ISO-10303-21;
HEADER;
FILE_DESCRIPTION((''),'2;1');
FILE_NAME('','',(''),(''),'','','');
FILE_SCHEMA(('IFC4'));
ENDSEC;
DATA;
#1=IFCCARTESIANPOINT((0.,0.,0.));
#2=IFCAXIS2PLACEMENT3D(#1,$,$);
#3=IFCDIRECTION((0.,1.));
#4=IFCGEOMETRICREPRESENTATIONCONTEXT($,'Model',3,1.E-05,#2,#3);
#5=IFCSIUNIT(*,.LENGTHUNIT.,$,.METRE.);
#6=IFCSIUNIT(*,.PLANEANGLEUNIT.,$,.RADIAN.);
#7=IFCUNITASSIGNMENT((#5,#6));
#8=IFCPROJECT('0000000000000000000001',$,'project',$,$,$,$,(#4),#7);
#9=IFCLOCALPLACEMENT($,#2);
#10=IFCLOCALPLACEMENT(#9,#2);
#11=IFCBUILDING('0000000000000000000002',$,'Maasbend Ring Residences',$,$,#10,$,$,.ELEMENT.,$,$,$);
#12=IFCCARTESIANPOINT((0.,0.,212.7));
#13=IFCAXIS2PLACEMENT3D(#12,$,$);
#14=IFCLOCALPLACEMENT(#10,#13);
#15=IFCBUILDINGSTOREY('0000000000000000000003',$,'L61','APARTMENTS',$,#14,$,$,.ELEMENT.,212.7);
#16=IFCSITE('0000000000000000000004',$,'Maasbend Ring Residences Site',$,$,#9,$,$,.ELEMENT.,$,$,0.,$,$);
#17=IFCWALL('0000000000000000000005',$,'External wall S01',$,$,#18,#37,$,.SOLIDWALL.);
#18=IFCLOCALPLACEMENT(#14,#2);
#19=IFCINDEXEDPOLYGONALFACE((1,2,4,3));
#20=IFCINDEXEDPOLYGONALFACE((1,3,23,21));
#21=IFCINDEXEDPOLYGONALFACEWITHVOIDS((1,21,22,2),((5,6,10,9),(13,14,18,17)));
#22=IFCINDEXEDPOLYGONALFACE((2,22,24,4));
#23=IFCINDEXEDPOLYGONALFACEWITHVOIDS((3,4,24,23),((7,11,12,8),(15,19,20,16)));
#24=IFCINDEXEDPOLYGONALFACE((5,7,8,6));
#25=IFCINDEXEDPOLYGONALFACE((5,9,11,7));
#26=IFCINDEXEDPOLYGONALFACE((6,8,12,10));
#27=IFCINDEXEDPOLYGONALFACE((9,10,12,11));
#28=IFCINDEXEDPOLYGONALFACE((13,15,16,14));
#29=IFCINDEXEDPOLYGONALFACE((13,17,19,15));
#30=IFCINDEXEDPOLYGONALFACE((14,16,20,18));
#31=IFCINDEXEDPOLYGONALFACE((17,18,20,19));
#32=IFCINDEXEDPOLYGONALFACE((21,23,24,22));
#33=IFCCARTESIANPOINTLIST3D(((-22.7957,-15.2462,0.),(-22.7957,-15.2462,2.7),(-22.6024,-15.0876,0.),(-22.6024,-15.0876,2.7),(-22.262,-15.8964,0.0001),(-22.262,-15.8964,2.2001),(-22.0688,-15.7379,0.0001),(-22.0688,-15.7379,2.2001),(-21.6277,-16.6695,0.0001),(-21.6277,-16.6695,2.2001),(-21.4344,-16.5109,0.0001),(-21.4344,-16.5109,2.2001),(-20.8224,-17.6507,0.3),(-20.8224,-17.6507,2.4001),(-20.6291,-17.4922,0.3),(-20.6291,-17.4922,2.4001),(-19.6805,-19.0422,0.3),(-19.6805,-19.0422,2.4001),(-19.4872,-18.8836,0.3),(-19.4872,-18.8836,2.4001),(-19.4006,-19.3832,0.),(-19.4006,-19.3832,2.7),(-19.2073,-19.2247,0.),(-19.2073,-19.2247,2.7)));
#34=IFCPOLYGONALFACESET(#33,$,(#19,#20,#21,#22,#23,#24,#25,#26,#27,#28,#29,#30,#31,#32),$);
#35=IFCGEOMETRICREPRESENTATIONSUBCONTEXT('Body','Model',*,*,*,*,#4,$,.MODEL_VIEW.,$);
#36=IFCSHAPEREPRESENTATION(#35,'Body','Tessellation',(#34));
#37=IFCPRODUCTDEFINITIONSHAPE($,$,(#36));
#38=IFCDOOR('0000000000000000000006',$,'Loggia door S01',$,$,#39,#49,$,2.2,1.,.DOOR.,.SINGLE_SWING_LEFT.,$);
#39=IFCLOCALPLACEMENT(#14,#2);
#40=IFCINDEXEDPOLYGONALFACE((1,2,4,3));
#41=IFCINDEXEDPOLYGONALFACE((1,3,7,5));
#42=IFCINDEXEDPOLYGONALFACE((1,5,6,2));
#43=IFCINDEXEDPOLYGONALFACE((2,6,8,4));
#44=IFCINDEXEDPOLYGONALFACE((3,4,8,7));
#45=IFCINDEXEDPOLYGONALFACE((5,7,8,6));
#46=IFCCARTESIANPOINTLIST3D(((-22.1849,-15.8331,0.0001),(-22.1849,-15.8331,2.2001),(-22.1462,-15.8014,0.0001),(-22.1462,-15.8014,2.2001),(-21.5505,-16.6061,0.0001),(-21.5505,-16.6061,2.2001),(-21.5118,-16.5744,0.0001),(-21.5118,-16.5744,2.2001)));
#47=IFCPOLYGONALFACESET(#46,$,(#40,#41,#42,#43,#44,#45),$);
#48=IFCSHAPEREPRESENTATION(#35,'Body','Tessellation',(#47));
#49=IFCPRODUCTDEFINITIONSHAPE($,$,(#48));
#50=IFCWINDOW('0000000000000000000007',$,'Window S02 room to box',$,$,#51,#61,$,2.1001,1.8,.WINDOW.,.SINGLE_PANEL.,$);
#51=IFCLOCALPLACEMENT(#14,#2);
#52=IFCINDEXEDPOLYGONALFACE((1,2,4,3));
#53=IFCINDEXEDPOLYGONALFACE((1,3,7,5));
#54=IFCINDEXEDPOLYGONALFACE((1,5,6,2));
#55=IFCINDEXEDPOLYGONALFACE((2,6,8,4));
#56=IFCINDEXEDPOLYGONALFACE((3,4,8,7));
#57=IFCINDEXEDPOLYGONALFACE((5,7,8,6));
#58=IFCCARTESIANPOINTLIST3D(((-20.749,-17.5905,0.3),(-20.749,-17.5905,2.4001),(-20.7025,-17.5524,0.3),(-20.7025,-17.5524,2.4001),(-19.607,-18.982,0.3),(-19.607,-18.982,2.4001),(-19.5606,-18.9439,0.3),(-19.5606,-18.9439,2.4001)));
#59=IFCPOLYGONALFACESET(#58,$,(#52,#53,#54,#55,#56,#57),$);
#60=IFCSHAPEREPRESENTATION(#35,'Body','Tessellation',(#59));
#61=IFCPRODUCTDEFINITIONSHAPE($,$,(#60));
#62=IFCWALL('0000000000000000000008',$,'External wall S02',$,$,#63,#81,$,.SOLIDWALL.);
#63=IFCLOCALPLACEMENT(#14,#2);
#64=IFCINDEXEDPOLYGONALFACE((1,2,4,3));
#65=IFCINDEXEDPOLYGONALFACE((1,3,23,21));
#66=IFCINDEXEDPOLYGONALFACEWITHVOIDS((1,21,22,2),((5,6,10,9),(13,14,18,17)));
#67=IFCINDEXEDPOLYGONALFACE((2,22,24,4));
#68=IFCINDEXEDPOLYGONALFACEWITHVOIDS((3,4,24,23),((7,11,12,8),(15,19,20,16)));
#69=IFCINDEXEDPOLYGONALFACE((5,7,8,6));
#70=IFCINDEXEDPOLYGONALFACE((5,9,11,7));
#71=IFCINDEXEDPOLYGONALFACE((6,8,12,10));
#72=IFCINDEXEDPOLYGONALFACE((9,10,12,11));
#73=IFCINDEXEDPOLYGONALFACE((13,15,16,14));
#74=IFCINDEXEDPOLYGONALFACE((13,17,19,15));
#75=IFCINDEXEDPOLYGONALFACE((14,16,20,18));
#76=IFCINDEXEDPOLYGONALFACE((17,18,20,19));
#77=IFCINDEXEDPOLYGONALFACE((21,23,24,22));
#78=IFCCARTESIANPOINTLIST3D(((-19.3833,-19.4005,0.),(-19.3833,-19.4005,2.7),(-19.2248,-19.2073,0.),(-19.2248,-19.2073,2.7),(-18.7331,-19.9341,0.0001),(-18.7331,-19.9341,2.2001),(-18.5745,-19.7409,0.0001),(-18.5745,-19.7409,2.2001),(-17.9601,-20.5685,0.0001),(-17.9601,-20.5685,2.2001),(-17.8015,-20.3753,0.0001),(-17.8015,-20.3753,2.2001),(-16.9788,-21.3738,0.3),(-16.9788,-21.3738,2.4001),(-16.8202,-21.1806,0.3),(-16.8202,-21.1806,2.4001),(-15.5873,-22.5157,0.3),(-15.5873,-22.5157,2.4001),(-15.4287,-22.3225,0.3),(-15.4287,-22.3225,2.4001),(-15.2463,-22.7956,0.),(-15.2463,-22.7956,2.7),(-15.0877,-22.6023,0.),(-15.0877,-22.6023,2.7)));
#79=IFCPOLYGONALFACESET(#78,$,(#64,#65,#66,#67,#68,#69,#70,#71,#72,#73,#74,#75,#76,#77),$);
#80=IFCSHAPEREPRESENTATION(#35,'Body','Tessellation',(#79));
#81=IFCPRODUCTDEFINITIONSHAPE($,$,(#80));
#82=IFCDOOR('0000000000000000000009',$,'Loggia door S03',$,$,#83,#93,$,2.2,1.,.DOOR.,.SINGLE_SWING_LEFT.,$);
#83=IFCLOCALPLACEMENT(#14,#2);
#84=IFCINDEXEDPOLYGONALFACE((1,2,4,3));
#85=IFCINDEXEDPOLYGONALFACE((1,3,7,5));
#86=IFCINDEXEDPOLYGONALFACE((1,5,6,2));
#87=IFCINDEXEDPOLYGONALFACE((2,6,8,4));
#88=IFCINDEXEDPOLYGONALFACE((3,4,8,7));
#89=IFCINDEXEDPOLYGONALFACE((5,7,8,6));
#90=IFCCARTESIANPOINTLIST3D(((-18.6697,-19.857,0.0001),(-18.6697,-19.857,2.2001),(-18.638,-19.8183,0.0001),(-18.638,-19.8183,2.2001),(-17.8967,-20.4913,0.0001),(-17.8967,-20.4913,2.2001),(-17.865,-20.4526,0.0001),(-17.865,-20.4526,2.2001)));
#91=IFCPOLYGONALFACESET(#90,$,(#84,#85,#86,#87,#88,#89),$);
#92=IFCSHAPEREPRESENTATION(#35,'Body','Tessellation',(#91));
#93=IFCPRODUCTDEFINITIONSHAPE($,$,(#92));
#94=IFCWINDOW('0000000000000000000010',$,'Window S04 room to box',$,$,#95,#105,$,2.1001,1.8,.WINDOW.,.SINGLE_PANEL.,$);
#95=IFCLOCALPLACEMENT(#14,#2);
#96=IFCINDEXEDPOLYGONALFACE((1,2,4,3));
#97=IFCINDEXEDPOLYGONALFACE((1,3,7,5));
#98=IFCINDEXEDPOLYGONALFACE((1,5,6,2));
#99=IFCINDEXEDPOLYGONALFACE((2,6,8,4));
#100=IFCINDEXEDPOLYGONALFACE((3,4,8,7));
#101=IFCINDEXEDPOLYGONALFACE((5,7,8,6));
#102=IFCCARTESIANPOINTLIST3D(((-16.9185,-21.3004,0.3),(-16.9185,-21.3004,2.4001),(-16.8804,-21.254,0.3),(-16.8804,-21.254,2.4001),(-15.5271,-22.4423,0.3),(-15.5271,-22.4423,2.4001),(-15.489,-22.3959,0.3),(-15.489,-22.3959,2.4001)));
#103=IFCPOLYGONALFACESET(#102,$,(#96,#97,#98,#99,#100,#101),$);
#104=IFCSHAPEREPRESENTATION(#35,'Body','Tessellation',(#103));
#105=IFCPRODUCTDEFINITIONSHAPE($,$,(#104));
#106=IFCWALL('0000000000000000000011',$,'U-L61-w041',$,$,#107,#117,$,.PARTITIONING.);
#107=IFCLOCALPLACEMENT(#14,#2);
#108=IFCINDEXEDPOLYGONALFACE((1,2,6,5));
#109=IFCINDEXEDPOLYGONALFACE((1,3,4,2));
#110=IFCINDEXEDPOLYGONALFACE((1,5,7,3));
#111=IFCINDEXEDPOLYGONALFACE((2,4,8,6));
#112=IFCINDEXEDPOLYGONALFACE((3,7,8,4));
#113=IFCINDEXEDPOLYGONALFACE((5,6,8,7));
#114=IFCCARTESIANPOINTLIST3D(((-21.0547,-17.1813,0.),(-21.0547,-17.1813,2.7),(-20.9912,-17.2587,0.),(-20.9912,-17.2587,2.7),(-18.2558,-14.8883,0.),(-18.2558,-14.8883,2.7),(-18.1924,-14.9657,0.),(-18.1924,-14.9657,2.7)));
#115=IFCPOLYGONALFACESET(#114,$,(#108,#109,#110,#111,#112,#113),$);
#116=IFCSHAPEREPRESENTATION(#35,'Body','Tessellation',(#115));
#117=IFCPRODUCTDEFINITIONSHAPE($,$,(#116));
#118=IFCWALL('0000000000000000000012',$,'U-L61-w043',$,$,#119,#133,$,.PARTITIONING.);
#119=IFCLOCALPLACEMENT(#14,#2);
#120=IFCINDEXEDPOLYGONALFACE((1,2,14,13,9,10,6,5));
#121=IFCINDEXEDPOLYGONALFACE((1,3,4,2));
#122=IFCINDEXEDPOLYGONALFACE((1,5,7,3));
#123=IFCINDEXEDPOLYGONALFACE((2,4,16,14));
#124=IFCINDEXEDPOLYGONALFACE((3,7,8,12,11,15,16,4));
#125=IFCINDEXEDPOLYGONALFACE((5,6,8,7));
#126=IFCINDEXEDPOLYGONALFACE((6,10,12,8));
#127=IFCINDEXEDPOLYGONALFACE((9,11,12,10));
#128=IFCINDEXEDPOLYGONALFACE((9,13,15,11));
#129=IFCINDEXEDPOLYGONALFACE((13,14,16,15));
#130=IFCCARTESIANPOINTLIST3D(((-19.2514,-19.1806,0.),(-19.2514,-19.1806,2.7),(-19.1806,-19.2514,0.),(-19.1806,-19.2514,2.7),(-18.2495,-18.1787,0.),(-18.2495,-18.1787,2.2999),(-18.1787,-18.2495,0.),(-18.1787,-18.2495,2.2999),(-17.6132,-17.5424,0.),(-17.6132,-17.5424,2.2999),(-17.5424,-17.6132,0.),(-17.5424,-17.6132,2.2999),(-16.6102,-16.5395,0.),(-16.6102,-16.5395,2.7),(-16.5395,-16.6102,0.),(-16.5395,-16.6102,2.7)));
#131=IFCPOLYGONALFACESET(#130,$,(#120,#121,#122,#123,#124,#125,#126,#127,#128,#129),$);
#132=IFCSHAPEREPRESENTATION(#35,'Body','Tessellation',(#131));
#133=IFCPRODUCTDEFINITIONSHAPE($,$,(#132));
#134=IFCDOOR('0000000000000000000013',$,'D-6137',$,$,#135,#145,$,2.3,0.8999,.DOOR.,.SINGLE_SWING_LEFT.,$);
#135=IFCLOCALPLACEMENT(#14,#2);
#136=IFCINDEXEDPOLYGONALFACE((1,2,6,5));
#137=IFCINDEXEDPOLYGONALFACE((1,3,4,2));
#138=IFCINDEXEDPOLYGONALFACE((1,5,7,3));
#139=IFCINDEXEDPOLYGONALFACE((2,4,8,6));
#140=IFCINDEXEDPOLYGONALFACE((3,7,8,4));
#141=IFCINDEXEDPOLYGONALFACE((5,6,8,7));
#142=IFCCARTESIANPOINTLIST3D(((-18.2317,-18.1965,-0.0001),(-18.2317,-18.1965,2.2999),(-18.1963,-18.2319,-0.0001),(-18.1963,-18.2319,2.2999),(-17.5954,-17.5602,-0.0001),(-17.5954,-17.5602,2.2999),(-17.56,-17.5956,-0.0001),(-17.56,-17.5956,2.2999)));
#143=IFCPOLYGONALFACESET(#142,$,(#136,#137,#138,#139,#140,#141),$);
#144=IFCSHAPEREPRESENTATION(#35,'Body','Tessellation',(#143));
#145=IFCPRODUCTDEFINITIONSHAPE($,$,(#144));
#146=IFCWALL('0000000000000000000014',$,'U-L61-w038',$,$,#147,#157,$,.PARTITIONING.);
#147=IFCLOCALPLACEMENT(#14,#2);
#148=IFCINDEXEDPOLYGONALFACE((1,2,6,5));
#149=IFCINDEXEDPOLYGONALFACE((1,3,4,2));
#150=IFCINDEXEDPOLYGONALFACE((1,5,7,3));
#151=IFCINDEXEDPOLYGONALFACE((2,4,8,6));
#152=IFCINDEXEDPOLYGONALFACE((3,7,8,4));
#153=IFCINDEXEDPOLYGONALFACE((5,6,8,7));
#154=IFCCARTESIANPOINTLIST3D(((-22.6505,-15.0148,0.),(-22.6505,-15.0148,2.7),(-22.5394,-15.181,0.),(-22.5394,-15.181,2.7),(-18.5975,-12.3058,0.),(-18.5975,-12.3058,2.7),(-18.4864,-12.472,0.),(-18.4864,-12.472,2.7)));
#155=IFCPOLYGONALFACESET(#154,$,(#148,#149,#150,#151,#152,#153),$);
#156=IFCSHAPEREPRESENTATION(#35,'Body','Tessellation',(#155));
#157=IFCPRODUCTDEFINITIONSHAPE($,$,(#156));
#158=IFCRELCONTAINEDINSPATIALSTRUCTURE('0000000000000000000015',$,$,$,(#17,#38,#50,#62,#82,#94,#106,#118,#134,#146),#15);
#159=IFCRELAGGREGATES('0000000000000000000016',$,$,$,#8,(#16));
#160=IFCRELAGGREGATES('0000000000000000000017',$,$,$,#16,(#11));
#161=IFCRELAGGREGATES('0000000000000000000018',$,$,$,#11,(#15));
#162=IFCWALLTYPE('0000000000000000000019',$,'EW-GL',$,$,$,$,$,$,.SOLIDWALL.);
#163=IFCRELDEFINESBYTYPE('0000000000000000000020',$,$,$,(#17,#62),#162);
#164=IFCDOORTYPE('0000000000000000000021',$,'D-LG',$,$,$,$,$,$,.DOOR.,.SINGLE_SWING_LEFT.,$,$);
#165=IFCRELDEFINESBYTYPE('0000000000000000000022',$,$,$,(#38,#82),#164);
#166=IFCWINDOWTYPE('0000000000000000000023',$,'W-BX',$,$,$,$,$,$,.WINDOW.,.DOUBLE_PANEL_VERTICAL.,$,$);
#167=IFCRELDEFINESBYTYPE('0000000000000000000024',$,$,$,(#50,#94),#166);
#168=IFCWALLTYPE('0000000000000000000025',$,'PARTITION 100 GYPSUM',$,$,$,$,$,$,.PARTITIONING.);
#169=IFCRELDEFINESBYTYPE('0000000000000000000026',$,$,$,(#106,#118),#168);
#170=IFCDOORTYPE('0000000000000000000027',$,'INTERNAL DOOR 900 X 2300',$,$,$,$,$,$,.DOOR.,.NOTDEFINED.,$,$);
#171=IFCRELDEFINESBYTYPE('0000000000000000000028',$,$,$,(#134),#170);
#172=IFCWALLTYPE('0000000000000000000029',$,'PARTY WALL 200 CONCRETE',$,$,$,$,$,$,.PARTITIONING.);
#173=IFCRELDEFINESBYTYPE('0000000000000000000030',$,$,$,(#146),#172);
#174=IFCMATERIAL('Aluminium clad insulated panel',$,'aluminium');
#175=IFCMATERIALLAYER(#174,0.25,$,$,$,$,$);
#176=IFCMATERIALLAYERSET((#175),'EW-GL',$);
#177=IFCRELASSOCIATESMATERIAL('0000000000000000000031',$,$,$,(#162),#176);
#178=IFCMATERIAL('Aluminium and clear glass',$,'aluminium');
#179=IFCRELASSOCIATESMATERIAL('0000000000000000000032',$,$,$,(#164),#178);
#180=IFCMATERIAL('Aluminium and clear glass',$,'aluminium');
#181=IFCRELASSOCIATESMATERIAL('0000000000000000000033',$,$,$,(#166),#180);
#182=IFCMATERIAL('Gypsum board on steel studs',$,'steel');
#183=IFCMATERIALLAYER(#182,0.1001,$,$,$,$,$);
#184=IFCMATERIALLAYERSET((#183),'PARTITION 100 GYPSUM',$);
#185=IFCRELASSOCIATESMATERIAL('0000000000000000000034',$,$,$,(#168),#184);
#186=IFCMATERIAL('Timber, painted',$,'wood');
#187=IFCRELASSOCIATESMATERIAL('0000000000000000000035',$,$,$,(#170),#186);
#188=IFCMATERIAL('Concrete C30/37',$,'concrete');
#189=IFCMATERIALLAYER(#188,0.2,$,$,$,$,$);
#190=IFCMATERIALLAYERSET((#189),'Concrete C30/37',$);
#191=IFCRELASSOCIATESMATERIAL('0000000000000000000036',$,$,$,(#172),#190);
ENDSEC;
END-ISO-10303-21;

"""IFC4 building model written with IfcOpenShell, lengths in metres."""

from ifc_helpers import new_model, si_unit, direction, frame, frame_2d, origin, place, context, subcontext, project, spatial, rectangle, extrude, material, layer, layer_set, type_object, element, fill, save


model = new_model("IFC4")

# Units and contexts
model_context = context("Model", 3, precision=1e-05, world=origin(), true_north=direction((0.0, 1.0)))
body_context = subcontext(model_context, "Body", "Model", "MODEL_VIEW")
ifc_project = project(units=[si_unit("LENGTHUNIT", "METRE"), si_unit("PLANEANGLEUNIT", "RADIAN")], contexts=[model_context])

# Site, building, storey
site_placement = place(None, origin())
site = spatial("IfcSite", under=ifc_project, at=site_placement, Name="Maasbend Ring Residences Site", CompositionType="ELEMENT", RefElevation=0.0)
building_placement = place(site_placement, origin())
building = spatial("IfcBuilding", under=site, at=building_placement, Name="Maasbend Ring Residences", CompositionType="ELEMENT")
storey_placement = place(building_placement, frame((0.0, 0.0, 212.7)))
storey = spatial("IfcBuildingStorey", under=building, at=storey_placement, Name="L61", Description="APARTMENTS", CompositionType="ELEMENT", Elevation=212.7)

# Walls, openings, doors, windows
ifc_material_1 = material(Name="Aluminium clad insulated panel", Category="aluminium")
ifc_layer_1 = layer(ifc_material_1, 0.25)
ifc_layer_set_1 = layer_set([ifc_layer_1], Name="EW-GL")
wall_type_1 = type_object("IfcWallType", Name="EW-GL", PredefinedType="SOLIDWALL", material=ifc_layer_set_1)
wall_1_placement = place(storey_placement, frame((-22.699, -15.167, 0.0), z_axis=(0.0, 0.0, 1.0), x_axis=(0.634382, -0.773019, 0.0)))
wall_1 = element("IfcWall", 1, at=wall_1_placement, inside=storey, type_object=wall_type_1, Name="External wall S01", PredefinedType="SOLIDWALL", context=body_context, shape_type="SweptSolid", body=[
    extrude(rectangle(XDim=5.3518, YDim=0.25, at=frame_2d((2.6758, 0.0))), origin(), (0.0, 0.0, 1.0), 2.7),
])
opening_1_placement = place(wall_1_placement, frame((0.8411, 0.0, 0.0)))
opening_1 = element("IfcOpeningElement", 2, at=opening_1_placement, cuts=wall_1, PredefinedType="OPENING", context=body_context, shape_type="SweptSolid", body=[
    extrude(rectangle(XDim=1.0, YDim=2.2, at=frame_2d((0.5, 1.1001))), frame((0.0, 0.135, 0.0), z_axis=(0.0, -1.0, 0.0), x_axis=(1.0, 0.0, 0.0)), (0.0, 0.0, 1.0), 0.27),
])
opening_2_placement = place(wall_1_placement, frame((3.1106, 0.0, 0.3)))
opening_2 = element("IfcOpeningElement", 3, at=opening_2_placement, cuts=wall_1, PredefinedType="OPENING", context=body_context, shape_type="SweptSolid", body=[
    extrude(rectangle(XDim=1.8, YDim=2.1001, at=frame_2d((0.8999, 1.05))), frame((0.0, 0.135, 0.0), z_axis=(0.0, -1.0, 0.0), x_axis=(1.0, 0.0, 0.0)), (0.0, 0.0, 1.0), 0.27),
])
ifc_material_2 = material(Name="Aluminium and clear glass", Category="aluminium")
door_type_1 = type_object("IfcDoorType", Name="D-LG", OperationType="SINGLE_SWING_LEFT", PredefinedType="DOOR", material=ifc_material_2)
door_1_placement = place(opening_1_placement, origin())
door_1 = element("IfcDoor", 4, at=door_1_placement, inside=storey, type_object=door_type_1, Name="Loggia door S01", OperationType="SINGLE_SWING_LEFT", OverallHeight=2.2, OverallWidth=1.0, PredefinedType="DOOR", context=body_context, shape_type="SweptSolid", body=[
    extrude(rectangle(XDim=1.0, YDim=2.2, at=frame_2d((0.5, 1.1001))), frame((0.0, 0.0249, 0.0), z_axis=(0.0, -1.0, 0.0), x_axis=(1.0, 0.0, 0.0)), (0.0, 0.0, 1.0), 0.05),
])
fill(opening_1, door_1)
ifc_material_3 = material(Name="Aluminium and clear glass", Category="aluminium")
window_type_1 = type_object("IfcWindowType", Name="W-BX", PartitioningType="DOUBLE_PANEL_VERTICAL", PredefinedType="WINDOW", material=ifc_material_3)
window_1_placement = place(opening_2_placement, origin())
window_1 = element("IfcWindow", 5, at=window_1_placement, inside=storey, type_object=window_type_1, Name="Window S02 room to box", OverallHeight=2.1001, OverallWidth=1.8, PartitioningType="SINGLE_PANEL", PredefinedType="WINDOW", context=body_context, shape_type="SweptSolid", body=[
    extrude(rectangle(XDim=1.8, YDim=2.1001, at=frame_2d((0.8999, 1.05))), frame((0.0, 0.03, 0.0), z_axis=(0.0, -1.0, 0.0), x_axis=(1.0, 0.0, 0.0)), (0.0, 0.0, 1.0), 0.0601),
])
fill(opening_2, window_1)
wall_2_placement = place(storey_placement, frame((-19.304, -19.304, 0.0), z_axis=(0.0, 0.0, 1.0), x_axis=(0.773019, -0.634382, 0.0)))
wall_2 = element("IfcWall", 6, at=wall_2_placement, inside=storey, type_object=wall_type_1, Name="External wall S02", PredefinedType="SOLIDWALL", context=body_context, shape_type="SweptSolid", body=[
    extrude(rectangle(XDim=5.3518, YDim=0.25, at=frame_2d((2.6758, 0.0))), origin(), (0.0, 0.0, 1.0), 2.7),
])
opening_3_placement = place(wall_2_placement, frame((0.8411, 0.0, 0.0)))
opening_3 = element("IfcOpeningElement", 7, at=opening_3_placement, cuts=wall_2, PredefinedType="OPENING", context=body_context, shape_type="SweptSolid", body=[
    extrude(rectangle(XDim=1.0, YDim=2.2, at=frame_2d((0.5, 1.1001))), frame((0.0, 0.135, 0.0), z_axis=(0.0, -1.0, 0.0), x_axis=(1.0, 0.0, 0.0)), (0.0, 0.0, 1.0), 0.27),
])
opening_4_placement = place(wall_2_placement, frame((3.1106, 0.0, 0.3)))
opening_4 = element("IfcOpeningElement", 8, at=opening_4_placement, cuts=wall_2, PredefinedType="OPENING", context=body_context, shape_type="SweptSolid", body=[
    extrude(rectangle(XDim=1.8, YDim=2.1001, at=frame_2d((0.8999, 1.05))), frame((0.0, 0.135, 0.0), z_axis=(0.0, -1.0, 0.0), x_axis=(1.0, 0.0, 0.0)), (0.0, 0.0, 1.0), 0.27),
])
door_2_placement = place(opening_3_placement, origin())
door_2 = element("IfcDoor", 9, at=door_2_placement, inside=storey, type_object=door_type_1, Name="Loggia door S03", OperationType="SINGLE_SWING_LEFT", OverallHeight=2.2, OverallWidth=1.0, PredefinedType="DOOR", context=body_context, shape_type="SweptSolid", body=[
    extrude(rectangle(XDim=1.0, YDim=2.2, at=frame_2d((0.5, 1.1001))), frame((0.0, 0.0249, 0.0), z_axis=(0.0, -1.0, 0.0), x_axis=(1.0, 0.0, 0.0)), (0.0, 0.0, 1.0), 0.05),
])
fill(opening_3, door_2)
window_2_placement = place(opening_4_placement, origin())
window_2 = element("IfcWindow", 10, at=window_2_placement, inside=storey, type_object=window_type_1, Name="Window S04 room to box", OverallHeight=2.1001, OverallWidth=1.8, PartitioningType="SINGLE_PANEL", PredefinedType="WINDOW", context=body_context, shape_type="SweptSolid", body=[
    extrude(rectangle(XDim=1.8, YDim=2.1001, at=frame_2d((0.8999, 1.05))), frame((0.0, 0.03, 0.0), z_axis=(0.0, -1.0, 0.0), x_axis=(1.0, 0.0, 0.0)), (0.0, 0.0, 1.0), 0.0601),
])
fill(opening_4, window_2)

# Wall
ifc_material_4 = material(Name="Gypsum board on steel studs", Category="steel")
ifc_layer_2 = layer(ifc_material_4, 0.1001)
ifc_layer_set_2 = layer_set([ifc_layer_2], Name="PARTITION 100 GYPSUM")
wall_type_2 = type_object("IfcWallType", Name="PARTITION 100 GYPSUM", PredefinedType="PARTITIONING", material=ifc_layer_set_2)
wall_3_placement = place(storey_placement, frame((-21.0229, -17.22, 0.0), z_axis=(0.0, 0.0, 1.0), x_axis=(0.773548, 0.633737, 0.0)))
element("IfcWall", 11, at=wall_3_placement, inside=storey, type_object=wall_type_2, Name="U-L61-w041", PredefinedType="PARTITIONING", context=body_context, shape_type="SweptSolid", body=[
    extrude(rectangle(XDim=3.6182, YDim=0.1001, at=frame_2d((1.8091, 0.0))), origin(), (0.0, 0.0, 1.0), 2.7),
])

# Wall, opening, door
wall_4_placement = place(storey_placement, frame((-19.2161, -19.2161, 0.0), z_axis=(0.0, 0.0, 1.0), x_axis=(0.707107, 0.707107, 0.0)))
wall_4 = element("IfcWall", 12, at=wall_4_placement, inside=storey, type_object=wall_type_2, Name="U-L61-w043", PredefinedType="PARTITIONING", context=body_context, shape_type="SweptSolid", body=[
    extrude(rectangle(XDim=3.7351, YDim=0.1001, at=frame_2d((1.8677, 0.0))), origin(), (0.0, 0.0, 1.0), 2.7),
])
opening_5_placement = place(wall_4_placement, frame((1.417, 0.0, 0.0)))
opening_5 = element("IfcOpeningElement", 13, at=opening_5_placement, cuts=wall_4, PredefinedType="OPENING", context=body_context, shape_type="SweptSolid", body=[
    extrude(rectangle(XDim=0.8999, YDim=2.3, at=frame_2d((0.45, 1.1499))), frame((0.0, 0.0601, 0.0), z_axis=(0.0, -1.0, 0.0), x_axis=(1.0, 0.0, 0.0)), (0.0, 0.0, 1.0), 0.1201),
])
ifc_material_5 = material(Name="Timber, painted", Category="wood")
door_type_2 = type_object("IfcDoorType", Name="INTERNAL DOOR 900 X 2300", OperationType="NOTDEFINED", PredefinedType="DOOR", material=ifc_material_5)
door_3_placement = place(opening_5_placement, origin())
door_3 = element("IfcDoor", 14, at=door_3_placement, inside=storey, type_object=door_type_2, Name="D-6137", OperationType="SINGLE_SWING_LEFT", OverallHeight=2.3, OverallWidth=0.8999, PredefinedType="DOOR", context=body_context, shape_type="SweptSolid", body=[
    extrude(rectangle(XDim=0.8999, YDim=2.3, at=frame_2d((0.45, 1.1499))), frame((0.0, 0.0249, 0.0), z_axis=(0.0, -1.0, 0.0), x_axis=(1.0, 0.0, 0.0)), (0.0, 0.0, 1.0), 0.05),
])
fill(opening_5, door_3)

# Wall
ifc_material_6 = material(Name="Concrete C30/37", Category="concrete")
ifc_layer_3 = layer(ifc_material_6, 0.2)
ifc_layer_set_3 = layer_set([ifc_layer_3], Name="Concrete C30/37")
wall_type_3 = type_object("IfcWallType", Name="PARTY WALL 200 CONCRETE", PredefinedType="PARTITIONING", material=ifc_layer_set_3)
wall_5_placement = place(storey_placement, frame((-22.595, -15.0979, 0.0), z_axis=(0.0, 0.0, 1.0), x_axis=(0.831387, 0.555694, 0.0)))
element("IfcWall", 15, at=wall_5_placement, inside=storey, type_object=wall_type_3, Name="U-L61-w038", PredefinedType="PARTITIONING", context=body_context, shape_type="SweptSolid", body=[
    extrude(rectangle(XDim=4.875, YDim=0.2, at=frame_2d((2.4375, 0.0))), origin(), (0.0, 0.0, 1.0), 2.7),
])

save(model, "model.ifc")
